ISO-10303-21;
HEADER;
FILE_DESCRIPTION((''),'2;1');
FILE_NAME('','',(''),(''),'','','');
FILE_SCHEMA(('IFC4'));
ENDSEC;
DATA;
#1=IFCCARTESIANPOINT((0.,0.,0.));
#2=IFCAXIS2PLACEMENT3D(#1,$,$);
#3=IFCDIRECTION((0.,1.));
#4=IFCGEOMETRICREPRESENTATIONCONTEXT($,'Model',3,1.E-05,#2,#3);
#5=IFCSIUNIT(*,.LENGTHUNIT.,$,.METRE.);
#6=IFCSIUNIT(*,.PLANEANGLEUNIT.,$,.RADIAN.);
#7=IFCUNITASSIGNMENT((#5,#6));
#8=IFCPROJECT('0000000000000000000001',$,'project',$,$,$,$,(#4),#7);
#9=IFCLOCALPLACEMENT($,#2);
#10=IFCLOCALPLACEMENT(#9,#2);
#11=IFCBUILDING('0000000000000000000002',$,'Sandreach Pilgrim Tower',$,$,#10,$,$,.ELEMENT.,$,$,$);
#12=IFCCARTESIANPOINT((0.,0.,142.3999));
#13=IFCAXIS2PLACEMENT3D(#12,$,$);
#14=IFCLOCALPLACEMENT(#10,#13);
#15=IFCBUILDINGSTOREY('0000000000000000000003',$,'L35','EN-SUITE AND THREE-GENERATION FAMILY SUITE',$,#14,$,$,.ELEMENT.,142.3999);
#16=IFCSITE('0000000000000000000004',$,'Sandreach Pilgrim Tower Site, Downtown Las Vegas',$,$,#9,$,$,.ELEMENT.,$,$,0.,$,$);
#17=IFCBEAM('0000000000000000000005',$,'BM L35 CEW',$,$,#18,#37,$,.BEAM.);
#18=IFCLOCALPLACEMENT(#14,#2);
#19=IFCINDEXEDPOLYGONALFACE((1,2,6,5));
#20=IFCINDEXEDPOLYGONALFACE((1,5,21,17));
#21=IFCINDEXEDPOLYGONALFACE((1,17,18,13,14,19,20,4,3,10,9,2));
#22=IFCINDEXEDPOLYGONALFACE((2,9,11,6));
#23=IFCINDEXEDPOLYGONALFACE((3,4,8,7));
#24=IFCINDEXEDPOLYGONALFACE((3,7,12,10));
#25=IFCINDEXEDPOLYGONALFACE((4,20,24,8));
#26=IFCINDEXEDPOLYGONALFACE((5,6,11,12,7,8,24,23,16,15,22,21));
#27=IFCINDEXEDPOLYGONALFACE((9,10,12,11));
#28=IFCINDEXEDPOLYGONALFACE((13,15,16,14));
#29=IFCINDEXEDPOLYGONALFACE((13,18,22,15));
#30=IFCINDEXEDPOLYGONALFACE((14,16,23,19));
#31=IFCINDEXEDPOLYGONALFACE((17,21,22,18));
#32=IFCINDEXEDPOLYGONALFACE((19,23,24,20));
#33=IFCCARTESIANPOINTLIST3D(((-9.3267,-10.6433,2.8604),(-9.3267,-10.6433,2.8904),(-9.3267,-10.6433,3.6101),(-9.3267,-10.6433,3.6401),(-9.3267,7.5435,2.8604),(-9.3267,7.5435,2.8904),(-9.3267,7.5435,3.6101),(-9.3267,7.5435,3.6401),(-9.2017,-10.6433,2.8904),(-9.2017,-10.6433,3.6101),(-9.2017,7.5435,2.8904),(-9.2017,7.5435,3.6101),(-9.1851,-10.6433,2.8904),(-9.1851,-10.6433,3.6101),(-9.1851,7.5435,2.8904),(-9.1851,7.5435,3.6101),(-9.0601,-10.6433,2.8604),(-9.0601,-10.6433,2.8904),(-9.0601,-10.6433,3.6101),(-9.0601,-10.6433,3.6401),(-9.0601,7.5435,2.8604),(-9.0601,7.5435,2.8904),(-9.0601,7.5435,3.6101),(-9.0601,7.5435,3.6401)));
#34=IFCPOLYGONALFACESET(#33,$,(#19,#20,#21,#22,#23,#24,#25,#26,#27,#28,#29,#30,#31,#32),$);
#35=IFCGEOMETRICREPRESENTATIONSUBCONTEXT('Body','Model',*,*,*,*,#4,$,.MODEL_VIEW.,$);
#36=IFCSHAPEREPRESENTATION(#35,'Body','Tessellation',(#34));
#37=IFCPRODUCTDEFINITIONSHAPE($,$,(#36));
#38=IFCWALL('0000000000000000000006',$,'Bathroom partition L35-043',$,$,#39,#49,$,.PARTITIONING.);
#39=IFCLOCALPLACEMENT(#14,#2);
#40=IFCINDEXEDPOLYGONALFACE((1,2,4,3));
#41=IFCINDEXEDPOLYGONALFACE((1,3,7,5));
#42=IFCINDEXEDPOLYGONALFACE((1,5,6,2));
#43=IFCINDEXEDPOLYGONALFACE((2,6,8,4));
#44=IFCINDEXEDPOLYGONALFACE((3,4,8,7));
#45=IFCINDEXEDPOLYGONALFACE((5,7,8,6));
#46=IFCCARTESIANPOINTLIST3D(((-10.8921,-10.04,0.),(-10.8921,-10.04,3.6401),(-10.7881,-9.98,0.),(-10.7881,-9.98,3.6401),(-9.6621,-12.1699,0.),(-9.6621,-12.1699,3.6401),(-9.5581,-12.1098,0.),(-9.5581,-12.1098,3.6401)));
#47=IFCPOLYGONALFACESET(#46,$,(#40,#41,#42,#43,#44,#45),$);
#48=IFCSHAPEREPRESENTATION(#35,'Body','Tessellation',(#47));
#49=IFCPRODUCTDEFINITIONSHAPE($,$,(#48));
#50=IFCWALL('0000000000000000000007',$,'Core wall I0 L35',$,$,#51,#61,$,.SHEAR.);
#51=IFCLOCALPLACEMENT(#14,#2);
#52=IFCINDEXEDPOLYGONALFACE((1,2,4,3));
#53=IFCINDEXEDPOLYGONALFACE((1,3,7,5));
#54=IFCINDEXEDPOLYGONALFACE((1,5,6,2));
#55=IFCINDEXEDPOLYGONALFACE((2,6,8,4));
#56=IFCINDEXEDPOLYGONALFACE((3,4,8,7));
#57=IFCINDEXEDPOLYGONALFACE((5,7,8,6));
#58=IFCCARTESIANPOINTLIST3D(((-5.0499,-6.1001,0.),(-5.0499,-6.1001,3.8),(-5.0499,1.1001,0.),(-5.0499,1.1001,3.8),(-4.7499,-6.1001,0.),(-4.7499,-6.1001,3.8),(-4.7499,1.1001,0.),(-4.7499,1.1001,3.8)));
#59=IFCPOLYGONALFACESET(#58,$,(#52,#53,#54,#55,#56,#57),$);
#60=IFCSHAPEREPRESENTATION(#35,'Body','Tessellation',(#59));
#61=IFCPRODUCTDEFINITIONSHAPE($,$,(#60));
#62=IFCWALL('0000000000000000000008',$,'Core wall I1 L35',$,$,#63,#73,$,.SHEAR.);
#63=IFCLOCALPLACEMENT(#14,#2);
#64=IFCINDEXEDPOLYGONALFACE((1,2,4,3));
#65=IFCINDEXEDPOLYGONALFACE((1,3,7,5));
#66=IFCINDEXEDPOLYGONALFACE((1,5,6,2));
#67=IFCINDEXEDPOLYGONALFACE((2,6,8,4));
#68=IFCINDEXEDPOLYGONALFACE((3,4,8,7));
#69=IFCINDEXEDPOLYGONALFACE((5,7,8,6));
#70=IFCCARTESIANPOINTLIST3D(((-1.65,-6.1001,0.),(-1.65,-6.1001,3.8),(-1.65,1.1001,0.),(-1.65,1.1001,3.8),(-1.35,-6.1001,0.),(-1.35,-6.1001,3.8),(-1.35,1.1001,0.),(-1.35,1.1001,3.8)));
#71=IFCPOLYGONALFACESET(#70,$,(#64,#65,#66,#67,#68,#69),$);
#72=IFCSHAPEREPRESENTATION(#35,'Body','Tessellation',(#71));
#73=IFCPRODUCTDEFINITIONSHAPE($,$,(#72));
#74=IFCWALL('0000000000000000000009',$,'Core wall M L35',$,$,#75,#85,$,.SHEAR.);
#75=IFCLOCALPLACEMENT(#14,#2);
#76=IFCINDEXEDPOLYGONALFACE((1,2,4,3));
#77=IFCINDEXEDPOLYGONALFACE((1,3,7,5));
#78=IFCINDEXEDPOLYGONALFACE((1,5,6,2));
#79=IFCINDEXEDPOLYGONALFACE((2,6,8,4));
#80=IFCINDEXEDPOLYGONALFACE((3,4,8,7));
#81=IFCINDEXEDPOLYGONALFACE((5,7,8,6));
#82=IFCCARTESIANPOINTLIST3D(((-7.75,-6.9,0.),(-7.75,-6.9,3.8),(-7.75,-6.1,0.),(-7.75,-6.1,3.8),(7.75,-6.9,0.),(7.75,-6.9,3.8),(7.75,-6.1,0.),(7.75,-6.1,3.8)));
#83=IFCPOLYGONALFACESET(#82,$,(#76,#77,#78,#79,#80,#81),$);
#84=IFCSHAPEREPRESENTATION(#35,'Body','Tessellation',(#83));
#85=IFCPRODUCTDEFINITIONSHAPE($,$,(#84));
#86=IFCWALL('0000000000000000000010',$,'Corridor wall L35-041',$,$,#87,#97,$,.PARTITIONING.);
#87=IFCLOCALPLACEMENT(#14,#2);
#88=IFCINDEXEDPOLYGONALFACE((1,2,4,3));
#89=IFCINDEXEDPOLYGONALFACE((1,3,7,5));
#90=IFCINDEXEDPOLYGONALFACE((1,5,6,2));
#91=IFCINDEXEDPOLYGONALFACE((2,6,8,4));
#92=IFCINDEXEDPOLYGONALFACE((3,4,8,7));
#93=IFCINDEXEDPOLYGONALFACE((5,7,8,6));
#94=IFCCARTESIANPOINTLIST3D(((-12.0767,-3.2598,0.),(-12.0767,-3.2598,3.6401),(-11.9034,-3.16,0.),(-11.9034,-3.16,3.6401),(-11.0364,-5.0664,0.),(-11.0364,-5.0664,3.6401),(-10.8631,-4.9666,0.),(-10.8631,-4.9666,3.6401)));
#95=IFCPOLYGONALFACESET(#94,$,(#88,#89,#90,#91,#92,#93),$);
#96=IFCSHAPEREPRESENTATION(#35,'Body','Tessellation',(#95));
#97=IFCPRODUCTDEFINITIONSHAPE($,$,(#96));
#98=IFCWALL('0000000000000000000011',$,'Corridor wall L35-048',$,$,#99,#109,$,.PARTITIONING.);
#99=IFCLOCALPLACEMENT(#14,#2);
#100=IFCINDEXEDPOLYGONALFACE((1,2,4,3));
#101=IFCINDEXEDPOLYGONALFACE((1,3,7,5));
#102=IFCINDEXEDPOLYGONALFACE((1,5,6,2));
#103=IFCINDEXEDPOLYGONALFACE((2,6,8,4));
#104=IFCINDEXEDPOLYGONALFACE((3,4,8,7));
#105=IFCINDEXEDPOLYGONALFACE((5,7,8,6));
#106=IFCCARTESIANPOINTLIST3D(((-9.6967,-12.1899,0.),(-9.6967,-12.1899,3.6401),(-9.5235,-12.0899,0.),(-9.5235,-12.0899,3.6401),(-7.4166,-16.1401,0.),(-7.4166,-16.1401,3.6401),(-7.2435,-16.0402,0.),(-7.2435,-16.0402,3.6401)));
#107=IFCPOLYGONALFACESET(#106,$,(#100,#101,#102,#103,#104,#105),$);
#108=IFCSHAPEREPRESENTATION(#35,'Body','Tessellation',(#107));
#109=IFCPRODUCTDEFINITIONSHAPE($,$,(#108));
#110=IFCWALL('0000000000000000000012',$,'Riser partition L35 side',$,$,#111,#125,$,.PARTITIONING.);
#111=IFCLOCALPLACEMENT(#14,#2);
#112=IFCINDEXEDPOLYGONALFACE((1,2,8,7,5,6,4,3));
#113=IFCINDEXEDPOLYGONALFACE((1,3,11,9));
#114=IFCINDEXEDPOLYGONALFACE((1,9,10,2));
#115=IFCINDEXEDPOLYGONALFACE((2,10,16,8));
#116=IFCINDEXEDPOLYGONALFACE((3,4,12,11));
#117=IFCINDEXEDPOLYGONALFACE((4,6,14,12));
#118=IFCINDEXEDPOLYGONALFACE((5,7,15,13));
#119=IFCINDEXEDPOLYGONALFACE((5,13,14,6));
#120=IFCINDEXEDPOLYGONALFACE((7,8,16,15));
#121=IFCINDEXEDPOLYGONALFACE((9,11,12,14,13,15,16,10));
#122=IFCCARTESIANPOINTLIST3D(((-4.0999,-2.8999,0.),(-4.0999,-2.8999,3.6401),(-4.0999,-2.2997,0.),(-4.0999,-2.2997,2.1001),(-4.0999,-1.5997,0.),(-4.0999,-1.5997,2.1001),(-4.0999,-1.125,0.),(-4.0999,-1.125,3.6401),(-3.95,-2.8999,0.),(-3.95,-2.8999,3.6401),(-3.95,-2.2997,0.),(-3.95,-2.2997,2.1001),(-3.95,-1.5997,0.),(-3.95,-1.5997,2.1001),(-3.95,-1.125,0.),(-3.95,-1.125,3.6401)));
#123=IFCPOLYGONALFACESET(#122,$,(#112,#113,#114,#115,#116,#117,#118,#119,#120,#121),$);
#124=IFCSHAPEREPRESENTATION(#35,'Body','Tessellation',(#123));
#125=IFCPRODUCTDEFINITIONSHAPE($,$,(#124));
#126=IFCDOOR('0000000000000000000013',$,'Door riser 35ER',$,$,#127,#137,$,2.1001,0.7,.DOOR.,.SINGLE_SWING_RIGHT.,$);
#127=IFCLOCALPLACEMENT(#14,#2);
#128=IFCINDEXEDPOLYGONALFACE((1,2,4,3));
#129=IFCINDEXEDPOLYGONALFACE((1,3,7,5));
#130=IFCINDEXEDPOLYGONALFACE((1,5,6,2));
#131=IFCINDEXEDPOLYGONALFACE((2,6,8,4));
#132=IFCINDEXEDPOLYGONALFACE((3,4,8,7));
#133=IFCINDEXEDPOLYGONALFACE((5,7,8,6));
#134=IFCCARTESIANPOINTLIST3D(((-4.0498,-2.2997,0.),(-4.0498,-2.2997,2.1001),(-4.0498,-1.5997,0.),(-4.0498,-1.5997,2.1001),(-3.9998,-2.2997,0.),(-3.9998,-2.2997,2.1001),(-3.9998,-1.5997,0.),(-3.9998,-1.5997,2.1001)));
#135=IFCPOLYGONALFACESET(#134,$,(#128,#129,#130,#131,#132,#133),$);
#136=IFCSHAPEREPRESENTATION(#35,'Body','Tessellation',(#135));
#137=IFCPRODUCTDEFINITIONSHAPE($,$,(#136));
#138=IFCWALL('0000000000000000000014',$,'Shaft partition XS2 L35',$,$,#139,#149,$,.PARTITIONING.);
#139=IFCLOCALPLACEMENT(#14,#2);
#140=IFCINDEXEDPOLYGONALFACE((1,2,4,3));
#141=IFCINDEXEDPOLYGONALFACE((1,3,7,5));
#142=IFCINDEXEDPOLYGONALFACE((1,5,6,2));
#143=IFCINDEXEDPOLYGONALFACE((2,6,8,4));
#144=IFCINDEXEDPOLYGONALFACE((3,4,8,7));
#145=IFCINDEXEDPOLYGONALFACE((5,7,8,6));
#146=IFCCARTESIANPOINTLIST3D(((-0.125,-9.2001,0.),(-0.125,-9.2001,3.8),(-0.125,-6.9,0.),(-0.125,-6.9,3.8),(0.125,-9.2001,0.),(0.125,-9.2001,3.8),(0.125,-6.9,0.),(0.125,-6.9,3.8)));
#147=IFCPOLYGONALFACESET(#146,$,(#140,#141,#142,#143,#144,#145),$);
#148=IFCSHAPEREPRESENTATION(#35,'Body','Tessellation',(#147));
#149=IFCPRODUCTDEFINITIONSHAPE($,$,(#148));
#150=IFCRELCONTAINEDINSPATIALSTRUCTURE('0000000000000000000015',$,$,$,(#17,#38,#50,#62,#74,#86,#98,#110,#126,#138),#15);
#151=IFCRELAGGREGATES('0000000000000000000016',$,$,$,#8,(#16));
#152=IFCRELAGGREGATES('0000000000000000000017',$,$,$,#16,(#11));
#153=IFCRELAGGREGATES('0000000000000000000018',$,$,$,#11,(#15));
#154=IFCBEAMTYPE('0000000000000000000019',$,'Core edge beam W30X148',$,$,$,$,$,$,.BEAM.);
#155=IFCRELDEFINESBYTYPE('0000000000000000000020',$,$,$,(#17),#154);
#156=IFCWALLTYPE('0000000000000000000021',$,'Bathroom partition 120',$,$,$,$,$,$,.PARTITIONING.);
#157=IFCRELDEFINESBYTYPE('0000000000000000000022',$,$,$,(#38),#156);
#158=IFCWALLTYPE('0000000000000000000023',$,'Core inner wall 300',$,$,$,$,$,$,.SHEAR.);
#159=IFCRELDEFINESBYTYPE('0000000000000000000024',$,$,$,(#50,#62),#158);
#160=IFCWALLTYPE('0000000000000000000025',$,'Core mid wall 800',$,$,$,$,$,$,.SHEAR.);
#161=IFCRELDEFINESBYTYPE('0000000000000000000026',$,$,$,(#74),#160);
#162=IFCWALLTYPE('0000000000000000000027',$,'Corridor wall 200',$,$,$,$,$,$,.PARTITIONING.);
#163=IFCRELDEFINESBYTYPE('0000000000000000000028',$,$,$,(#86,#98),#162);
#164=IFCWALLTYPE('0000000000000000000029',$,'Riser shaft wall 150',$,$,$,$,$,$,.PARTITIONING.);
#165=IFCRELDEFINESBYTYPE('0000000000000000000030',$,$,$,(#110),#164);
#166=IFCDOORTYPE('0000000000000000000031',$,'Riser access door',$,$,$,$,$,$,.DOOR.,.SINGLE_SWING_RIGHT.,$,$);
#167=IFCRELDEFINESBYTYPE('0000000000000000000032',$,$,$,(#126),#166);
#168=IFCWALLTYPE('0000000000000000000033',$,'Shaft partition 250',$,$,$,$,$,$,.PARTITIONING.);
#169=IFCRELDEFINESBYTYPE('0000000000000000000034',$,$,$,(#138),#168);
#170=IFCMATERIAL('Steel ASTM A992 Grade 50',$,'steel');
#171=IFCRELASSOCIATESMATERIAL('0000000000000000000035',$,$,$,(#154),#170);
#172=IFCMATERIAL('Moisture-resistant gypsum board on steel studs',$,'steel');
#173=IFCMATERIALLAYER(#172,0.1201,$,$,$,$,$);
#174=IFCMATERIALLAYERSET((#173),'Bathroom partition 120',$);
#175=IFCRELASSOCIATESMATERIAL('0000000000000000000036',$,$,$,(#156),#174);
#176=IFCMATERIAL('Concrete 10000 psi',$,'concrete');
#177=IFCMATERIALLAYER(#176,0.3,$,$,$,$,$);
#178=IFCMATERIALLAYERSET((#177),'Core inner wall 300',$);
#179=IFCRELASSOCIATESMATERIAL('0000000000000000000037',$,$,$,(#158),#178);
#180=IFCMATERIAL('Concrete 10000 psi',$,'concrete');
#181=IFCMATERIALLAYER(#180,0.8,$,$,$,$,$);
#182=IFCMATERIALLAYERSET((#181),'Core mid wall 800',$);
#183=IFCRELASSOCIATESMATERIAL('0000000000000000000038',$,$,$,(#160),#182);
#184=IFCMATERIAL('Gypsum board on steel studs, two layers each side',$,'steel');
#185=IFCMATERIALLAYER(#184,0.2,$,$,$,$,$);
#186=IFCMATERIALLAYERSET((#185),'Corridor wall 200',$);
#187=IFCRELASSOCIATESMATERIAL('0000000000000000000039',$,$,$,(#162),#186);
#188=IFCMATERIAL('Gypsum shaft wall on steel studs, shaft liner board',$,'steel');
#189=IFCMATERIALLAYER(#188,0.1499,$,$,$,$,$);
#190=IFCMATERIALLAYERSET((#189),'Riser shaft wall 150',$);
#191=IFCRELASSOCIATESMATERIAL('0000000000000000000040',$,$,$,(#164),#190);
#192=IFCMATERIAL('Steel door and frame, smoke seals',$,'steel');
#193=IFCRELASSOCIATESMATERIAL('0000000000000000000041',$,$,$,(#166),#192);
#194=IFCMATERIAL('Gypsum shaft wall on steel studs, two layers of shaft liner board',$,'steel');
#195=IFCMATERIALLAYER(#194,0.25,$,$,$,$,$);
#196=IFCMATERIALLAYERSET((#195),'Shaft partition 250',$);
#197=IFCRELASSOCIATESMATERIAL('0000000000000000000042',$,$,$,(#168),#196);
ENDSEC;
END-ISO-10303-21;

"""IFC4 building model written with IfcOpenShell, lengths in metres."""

from ifc_helpers import new_model, si_unit, direction, frame, frame_2d, origin, origin_2d, place, context, subcontext, project, spatial, rectangle, i_section, extrude, material, layer, layer_set, material_profile, profile_set, type_object, element, fill, save


model = new_model("IFC4")

# Units and contexts
model_context = context("Model", 3, precision=1e-05, world=origin(), true_north=direction((0.0, 1.0)))
body_context = subcontext(model_context, "Body", "Model", "MODEL_VIEW")
ifc_project = project(units=[si_unit("LENGTHUNIT", "METRE"), si_unit("PLANEANGLEUNIT", "RADIAN")], contexts=[model_context])

# Site, building, storey
site_placement = place(None, origin())
site = spatial("IfcSite", under=ifc_project, at=site_placement, Name="Sandreach Pilgrim Tower Site, Downtown Las Vegas", CompositionType="ELEMENT", RefElevation=0.0)
building_placement = place(site_placement, origin())
building = spatial("IfcBuilding", under=site, at=building_placement, Name="Sandreach Pilgrim Tower", CompositionType="ELEMENT")
storey_placement = place(building_placement, frame((0.0, 0.0, 142.3999)))
storey = spatial("IfcBuildingStorey", under=building, at=storey_placement, Name="L35", Description="EN-SUITE AND THREE-GENERATION FAMILY SUITE", CompositionType="ELEMENT", Elevation=142.3999)

# Beam
ifc_material_1 = material(Name="Steel ASTM A992 Grade 50", Category="steel")
ifc_material_profile = material_profile(ifc_material_1, i_section(OverallWidth=0.2666, OverallDepth=0.7798, WebThickness=0.0166, FlangeThickness=0.03, at=origin_2d()), Name="W30X148")
ifc_profile_set = profile_set([ifc_material_profile], Name="Steel ASTM A992 Grade 50")
beam_type = type_object("IfcBeamType", Name="Core edge beam W30X148", PredefinedType="BEAM", material=ifc_profile_set)
beam_placement = place(storey_placement, frame((-9.1934, -10.6433, 3.2502), z_axis=(0.0, 1.0, 0.0), x_axis=(-1.0, 0.0, 0.0)))
element("IfcBeam", 1, at=beam_placement, inside=storey, type_object=beam_type, Name="BM L35 CEW", PredefinedType="BEAM", context=body_context, shape_type="SweptSolid", body=[
    extrude(i_section(OverallWidth=0.2666, OverallDepth=0.7798, WebThickness=0.0166, FlangeThickness=0.03, at=origin_2d()), origin(), (0.0, 0.0, 1.0), 18.1868),
])

# Walls
ifc_material_2 = material(Name="Moisture-resistant gypsum board on steel studs", Category="steel")
ifc_layer_1 = layer(ifc_material_2, 0.1201)
ifc_layer_set_1 = layer_set([ifc_layer_1], Name="Bathroom partition 120")
wall_type_1 = type_object("IfcWallType", Name="Bathroom partition 120", PredefinedType="PARTITIONING", material=ifc_layer_set_1)
wall_1_placement = place(storey_placement, frame((-10.8401, -10.01, 0.0), z_axis=(0.0, 0.0, 1.0), x_axis=(0.500089, -0.865974, 0.0)))
element("IfcWall", 2, at=wall_1_placement, inside=storey, type_object=wall_type_1, Name="Bathroom partition L35-043", PredefinedType="PARTITIONING", context=body_context, shape_type="SweptSolid", body=[
    extrude(rectangle(XDim=2.4595, YDim=0.1201, at=frame_2d((1.2297, 0.0))), origin(), (0.0, 0.0, 1.0), 3.6401),
])
ifc_material_3 = material(Name="Concrete 10000 psi", Category="concrete")
ifc_layer_2 = layer(ifc_material_3, 0.3)
ifc_layer_set_2 = layer_set([ifc_layer_2], Name="Core inner wall 300")
wall_type_2 = type_object("IfcWallType", Name="Core inner wall 300", PredefinedType="SHEAR", material=ifc_layer_set_2)
for number, where, z_axis, x_axis, name in (
    (3, (-4.8999, -6.1001, 0.0), (0.0, 0.0, 1.0), (0.0, 1.0, 0.0), "Core wall I0 L35"),
    (4, (-1.5, -6.1001, 0.0), (0.0, 0.0, 1.0), (0.0, 1.0, 0.0), "Core wall I1 L35"),
):
    element("IfcWall", number, at=place(storey_placement, frame(where, z_axis=z_axis, x_axis=x_axis)), inside=storey, type_object=wall_type_2, Name=name, PredefinedType="SHEAR", context=body_context, shape_type="SweptSolid", body=[
        extrude(rectangle(XDim=7.2002, YDim=0.3, at=frame_2d((3.6001, 0.0))), origin(), (0.0, 0.0, 1.0), 3.8),
    ])

# Wall
ifc_material_4 = material(Name="Concrete 10000 psi", Category="concrete")
ifc_layer_3 = layer(ifc_material_4, 0.8)
ifc_layer_set_3 = layer_set([ifc_layer_3], Name="Core mid wall 800")
wall_type_3 = type_object("IfcWallType", Name="Core mid wall 800", PredefinedType="SHEAR", material=ifc_layer_set_3)
wall_2_placement = place(storey_placement, frame((-7.75, -6.5, 0.0), z_axis=(0.0, 0.0, 1.0), x_axis=(1.0, 0.0, 0.0)))
element("IfcWall", 5, at=wall_2_placement, inside=storey, type_object=wall_type_3, Name="Core wall M L35", PredefinedType="SHEAR", context=body_context, shape_type="SweptSolid", body=[
    extrude(rectangle(XDim=15.5, YDim=0.8, at=frame_2d((7.75, 0.0))), origin(), (0.0, 0.0, 1.0), 3.8),
])

# Shared definitions
ifc_material_5 = material(Name="Gypsum board on steel studs, two layers each side", Category="steel")
ifc_layer_4 = layer(ifc_material_5, 0.2)
ifc_layer_set_4 = layer_set([ifc_layer_4], Name="Corridor wall 200")
wall_type_4 = type_object("IfcWallType", Name="Corridor wall 200", PredefinedType="PARTITIONING", material=ifc_layer_set_4)

# Walls
wall_3_placement = place(storey_placement, frame((-10.9497, -5.0166, 0.0), z_axis=(0.0, 0.0, 1.0), x_axis=(-0.498999, 0.866603, 0.0)))
element("IfcWall", 6, at=wall_3_placement, inside=storey, type_object=wall_type_4, Name="Corridor wall L35-041", PredefinedType="PARTITIONING", context=body_context, shape_type="SweptSolid", body=[
    extrude(rectangle(XDim=2.0847, YDim=0.2, at=frame_2d((1.0425, 0.0))), origin(), (0.0, 0.0, 1.0), 3.6401),
])
wall_4_placement = place(storey_placement, frame((-9.6101, -12.1399, 0.0), z_axis=(0.0, 0.0, 1.0), x_axis=(0.499899, -0.866084, 0.0)))
element("IfcWall", 7, at=wall_4_placement, inside=storey, type_object=wall_type_4, Name="Corridor wall L35-048", PredefinedType="PARTITIONING", context=body_context, shape_type="SweptSolid", body=[
    extrude(rectangle(XDim=4.561, YDim=0.2, at=frame_2d((2.2805, 0.0))), origin(), (0.0, 0.0, 1.0), 3.6401),
])

# Wall, opening, door
ifc_material_6 = material(Name="Gypsum shaft wall on steel studs, shaft liner board", Category="steel")
ifc_layer_5 = layer(ifc_material_6, 0.1499)
ifc_layer_set_5 = layer_set([ifc_layer_5], Name="Riser shaft wall 150")
wall_type_5 = type_object("IfcWallType", Name="Riser shaft wall 150", PredefinedType="PARTITIONING", material=ifc_layer_set_5)
wall_5_placement = place(storey_placement, frame((-4.0249, -2.8999, 0.0), z_axis=(0.0, 0.0, 1.0), x_axis=(0.0, 1.0, 0.0)))
wall_5 = element("IfcWall", 8, at=wall_5_placement, inside=storey, type_object=wall_type_5, Name="Riser partition L35 side", PredefinedType="PARTITIONING", context=body_context, shape_type="SweptSolid", body=[
    extrude(rectangle(XDim=1.7749, YDim=0.1499, at=frame_2d((0.8875, 0.0))), origin(), (0.0, 0.0, 1.0), 3.6401),
])
opening_1_placement = place(wall_5_placement, frame((0.6001, 0.0, 0.0)))
opening_1 = element("IfcOpeningElement", 9, at=opening_1_placement, cuts=wall_5, PredefinedType="OPENING", context=body_context, shape_type="SweptSolid", body=[
    extrude(rectangle(XDim=0.7, YDim=2.1001, at=frame_2d((0.3501, 1.05))), frame((0.0, 0.075, 0.0), z_axis=(0.0, -1.0, 0.0), x_axis=(1.0, 0.0, 0.0)), (0.0, 0.0, 1.0), 0.1499),
])
ifc_material_7 = material(Name="Steel door and frame, smoke seals", Category="steel")
door_type_1 = type_object("IfcDoorType", Name="Riser access door", OperationType="SINGLE_SWING_RIGHT", PredefinedType="DOOR", material=ifc_material_7)
door_1_placement = place(opening_1_placement, origin())
door_1 = element("IfcDoor", 10, at=door_1_placement, inside=storey, type_object=door_type_1, Name="Door riser 35ER", OperationType="SINGLE_SWING_RIGHT", OverallHeight=2.1001, OverallWidth=0.7, PredefinedType="DOOR", context=body_context, shape_type="SweptSolid", body=[
    extrude(rectangle(XDim=0.7, YDim=2.1001, at=frame_2d((0.3501, 1.05))), frame((0.0, 0.0249, 0.0), z_axis=(0.0, -1.0, 0.0), x_axis=(1.0, 0.0, 0.0)), (0.0, 0.0, 1.0), 0.05),
])
fill(opening_1, door_1)

# Wall
ifc_material_8 = material(Name="Gypsum shaft wall on steel studs, two layers of shaft liner board", Category="steel")
ifc_layer_6 = layer(ifc_material_8, 0.25)
ifc_layer_set_6 = layer_set([ifc_layer_6], Name="Shaft partition 250")
wall_type_6 = type_object("IfcWallType", Name="Shaft partition 250", PredefinedType="PARTITIONING", material=ifc_layer_set_6)
wall_6_placement = place(storey_placement, frame((0.0, -9.2, 0.0), z_axis=(0.0, 0.0, 1.0), x_axis=(0.0, 1.0, 0.0)))
element("IfcWall", 11, at=wall_6_placement, inside=storey, type_object=wall_type_6, Name="Shaft partition XS2 L35", PredefinedType="PARTITIONING", context=body_context, shape_type="SweptSolid", body=[
    extrude(rectangle(XDim=2.3, YDim=0.25, at=frame_2d((1.1499, 0.0))), origin(), (0.0, 0.0, 1.0), 3.8),
])

save(model, "model.ifc")
